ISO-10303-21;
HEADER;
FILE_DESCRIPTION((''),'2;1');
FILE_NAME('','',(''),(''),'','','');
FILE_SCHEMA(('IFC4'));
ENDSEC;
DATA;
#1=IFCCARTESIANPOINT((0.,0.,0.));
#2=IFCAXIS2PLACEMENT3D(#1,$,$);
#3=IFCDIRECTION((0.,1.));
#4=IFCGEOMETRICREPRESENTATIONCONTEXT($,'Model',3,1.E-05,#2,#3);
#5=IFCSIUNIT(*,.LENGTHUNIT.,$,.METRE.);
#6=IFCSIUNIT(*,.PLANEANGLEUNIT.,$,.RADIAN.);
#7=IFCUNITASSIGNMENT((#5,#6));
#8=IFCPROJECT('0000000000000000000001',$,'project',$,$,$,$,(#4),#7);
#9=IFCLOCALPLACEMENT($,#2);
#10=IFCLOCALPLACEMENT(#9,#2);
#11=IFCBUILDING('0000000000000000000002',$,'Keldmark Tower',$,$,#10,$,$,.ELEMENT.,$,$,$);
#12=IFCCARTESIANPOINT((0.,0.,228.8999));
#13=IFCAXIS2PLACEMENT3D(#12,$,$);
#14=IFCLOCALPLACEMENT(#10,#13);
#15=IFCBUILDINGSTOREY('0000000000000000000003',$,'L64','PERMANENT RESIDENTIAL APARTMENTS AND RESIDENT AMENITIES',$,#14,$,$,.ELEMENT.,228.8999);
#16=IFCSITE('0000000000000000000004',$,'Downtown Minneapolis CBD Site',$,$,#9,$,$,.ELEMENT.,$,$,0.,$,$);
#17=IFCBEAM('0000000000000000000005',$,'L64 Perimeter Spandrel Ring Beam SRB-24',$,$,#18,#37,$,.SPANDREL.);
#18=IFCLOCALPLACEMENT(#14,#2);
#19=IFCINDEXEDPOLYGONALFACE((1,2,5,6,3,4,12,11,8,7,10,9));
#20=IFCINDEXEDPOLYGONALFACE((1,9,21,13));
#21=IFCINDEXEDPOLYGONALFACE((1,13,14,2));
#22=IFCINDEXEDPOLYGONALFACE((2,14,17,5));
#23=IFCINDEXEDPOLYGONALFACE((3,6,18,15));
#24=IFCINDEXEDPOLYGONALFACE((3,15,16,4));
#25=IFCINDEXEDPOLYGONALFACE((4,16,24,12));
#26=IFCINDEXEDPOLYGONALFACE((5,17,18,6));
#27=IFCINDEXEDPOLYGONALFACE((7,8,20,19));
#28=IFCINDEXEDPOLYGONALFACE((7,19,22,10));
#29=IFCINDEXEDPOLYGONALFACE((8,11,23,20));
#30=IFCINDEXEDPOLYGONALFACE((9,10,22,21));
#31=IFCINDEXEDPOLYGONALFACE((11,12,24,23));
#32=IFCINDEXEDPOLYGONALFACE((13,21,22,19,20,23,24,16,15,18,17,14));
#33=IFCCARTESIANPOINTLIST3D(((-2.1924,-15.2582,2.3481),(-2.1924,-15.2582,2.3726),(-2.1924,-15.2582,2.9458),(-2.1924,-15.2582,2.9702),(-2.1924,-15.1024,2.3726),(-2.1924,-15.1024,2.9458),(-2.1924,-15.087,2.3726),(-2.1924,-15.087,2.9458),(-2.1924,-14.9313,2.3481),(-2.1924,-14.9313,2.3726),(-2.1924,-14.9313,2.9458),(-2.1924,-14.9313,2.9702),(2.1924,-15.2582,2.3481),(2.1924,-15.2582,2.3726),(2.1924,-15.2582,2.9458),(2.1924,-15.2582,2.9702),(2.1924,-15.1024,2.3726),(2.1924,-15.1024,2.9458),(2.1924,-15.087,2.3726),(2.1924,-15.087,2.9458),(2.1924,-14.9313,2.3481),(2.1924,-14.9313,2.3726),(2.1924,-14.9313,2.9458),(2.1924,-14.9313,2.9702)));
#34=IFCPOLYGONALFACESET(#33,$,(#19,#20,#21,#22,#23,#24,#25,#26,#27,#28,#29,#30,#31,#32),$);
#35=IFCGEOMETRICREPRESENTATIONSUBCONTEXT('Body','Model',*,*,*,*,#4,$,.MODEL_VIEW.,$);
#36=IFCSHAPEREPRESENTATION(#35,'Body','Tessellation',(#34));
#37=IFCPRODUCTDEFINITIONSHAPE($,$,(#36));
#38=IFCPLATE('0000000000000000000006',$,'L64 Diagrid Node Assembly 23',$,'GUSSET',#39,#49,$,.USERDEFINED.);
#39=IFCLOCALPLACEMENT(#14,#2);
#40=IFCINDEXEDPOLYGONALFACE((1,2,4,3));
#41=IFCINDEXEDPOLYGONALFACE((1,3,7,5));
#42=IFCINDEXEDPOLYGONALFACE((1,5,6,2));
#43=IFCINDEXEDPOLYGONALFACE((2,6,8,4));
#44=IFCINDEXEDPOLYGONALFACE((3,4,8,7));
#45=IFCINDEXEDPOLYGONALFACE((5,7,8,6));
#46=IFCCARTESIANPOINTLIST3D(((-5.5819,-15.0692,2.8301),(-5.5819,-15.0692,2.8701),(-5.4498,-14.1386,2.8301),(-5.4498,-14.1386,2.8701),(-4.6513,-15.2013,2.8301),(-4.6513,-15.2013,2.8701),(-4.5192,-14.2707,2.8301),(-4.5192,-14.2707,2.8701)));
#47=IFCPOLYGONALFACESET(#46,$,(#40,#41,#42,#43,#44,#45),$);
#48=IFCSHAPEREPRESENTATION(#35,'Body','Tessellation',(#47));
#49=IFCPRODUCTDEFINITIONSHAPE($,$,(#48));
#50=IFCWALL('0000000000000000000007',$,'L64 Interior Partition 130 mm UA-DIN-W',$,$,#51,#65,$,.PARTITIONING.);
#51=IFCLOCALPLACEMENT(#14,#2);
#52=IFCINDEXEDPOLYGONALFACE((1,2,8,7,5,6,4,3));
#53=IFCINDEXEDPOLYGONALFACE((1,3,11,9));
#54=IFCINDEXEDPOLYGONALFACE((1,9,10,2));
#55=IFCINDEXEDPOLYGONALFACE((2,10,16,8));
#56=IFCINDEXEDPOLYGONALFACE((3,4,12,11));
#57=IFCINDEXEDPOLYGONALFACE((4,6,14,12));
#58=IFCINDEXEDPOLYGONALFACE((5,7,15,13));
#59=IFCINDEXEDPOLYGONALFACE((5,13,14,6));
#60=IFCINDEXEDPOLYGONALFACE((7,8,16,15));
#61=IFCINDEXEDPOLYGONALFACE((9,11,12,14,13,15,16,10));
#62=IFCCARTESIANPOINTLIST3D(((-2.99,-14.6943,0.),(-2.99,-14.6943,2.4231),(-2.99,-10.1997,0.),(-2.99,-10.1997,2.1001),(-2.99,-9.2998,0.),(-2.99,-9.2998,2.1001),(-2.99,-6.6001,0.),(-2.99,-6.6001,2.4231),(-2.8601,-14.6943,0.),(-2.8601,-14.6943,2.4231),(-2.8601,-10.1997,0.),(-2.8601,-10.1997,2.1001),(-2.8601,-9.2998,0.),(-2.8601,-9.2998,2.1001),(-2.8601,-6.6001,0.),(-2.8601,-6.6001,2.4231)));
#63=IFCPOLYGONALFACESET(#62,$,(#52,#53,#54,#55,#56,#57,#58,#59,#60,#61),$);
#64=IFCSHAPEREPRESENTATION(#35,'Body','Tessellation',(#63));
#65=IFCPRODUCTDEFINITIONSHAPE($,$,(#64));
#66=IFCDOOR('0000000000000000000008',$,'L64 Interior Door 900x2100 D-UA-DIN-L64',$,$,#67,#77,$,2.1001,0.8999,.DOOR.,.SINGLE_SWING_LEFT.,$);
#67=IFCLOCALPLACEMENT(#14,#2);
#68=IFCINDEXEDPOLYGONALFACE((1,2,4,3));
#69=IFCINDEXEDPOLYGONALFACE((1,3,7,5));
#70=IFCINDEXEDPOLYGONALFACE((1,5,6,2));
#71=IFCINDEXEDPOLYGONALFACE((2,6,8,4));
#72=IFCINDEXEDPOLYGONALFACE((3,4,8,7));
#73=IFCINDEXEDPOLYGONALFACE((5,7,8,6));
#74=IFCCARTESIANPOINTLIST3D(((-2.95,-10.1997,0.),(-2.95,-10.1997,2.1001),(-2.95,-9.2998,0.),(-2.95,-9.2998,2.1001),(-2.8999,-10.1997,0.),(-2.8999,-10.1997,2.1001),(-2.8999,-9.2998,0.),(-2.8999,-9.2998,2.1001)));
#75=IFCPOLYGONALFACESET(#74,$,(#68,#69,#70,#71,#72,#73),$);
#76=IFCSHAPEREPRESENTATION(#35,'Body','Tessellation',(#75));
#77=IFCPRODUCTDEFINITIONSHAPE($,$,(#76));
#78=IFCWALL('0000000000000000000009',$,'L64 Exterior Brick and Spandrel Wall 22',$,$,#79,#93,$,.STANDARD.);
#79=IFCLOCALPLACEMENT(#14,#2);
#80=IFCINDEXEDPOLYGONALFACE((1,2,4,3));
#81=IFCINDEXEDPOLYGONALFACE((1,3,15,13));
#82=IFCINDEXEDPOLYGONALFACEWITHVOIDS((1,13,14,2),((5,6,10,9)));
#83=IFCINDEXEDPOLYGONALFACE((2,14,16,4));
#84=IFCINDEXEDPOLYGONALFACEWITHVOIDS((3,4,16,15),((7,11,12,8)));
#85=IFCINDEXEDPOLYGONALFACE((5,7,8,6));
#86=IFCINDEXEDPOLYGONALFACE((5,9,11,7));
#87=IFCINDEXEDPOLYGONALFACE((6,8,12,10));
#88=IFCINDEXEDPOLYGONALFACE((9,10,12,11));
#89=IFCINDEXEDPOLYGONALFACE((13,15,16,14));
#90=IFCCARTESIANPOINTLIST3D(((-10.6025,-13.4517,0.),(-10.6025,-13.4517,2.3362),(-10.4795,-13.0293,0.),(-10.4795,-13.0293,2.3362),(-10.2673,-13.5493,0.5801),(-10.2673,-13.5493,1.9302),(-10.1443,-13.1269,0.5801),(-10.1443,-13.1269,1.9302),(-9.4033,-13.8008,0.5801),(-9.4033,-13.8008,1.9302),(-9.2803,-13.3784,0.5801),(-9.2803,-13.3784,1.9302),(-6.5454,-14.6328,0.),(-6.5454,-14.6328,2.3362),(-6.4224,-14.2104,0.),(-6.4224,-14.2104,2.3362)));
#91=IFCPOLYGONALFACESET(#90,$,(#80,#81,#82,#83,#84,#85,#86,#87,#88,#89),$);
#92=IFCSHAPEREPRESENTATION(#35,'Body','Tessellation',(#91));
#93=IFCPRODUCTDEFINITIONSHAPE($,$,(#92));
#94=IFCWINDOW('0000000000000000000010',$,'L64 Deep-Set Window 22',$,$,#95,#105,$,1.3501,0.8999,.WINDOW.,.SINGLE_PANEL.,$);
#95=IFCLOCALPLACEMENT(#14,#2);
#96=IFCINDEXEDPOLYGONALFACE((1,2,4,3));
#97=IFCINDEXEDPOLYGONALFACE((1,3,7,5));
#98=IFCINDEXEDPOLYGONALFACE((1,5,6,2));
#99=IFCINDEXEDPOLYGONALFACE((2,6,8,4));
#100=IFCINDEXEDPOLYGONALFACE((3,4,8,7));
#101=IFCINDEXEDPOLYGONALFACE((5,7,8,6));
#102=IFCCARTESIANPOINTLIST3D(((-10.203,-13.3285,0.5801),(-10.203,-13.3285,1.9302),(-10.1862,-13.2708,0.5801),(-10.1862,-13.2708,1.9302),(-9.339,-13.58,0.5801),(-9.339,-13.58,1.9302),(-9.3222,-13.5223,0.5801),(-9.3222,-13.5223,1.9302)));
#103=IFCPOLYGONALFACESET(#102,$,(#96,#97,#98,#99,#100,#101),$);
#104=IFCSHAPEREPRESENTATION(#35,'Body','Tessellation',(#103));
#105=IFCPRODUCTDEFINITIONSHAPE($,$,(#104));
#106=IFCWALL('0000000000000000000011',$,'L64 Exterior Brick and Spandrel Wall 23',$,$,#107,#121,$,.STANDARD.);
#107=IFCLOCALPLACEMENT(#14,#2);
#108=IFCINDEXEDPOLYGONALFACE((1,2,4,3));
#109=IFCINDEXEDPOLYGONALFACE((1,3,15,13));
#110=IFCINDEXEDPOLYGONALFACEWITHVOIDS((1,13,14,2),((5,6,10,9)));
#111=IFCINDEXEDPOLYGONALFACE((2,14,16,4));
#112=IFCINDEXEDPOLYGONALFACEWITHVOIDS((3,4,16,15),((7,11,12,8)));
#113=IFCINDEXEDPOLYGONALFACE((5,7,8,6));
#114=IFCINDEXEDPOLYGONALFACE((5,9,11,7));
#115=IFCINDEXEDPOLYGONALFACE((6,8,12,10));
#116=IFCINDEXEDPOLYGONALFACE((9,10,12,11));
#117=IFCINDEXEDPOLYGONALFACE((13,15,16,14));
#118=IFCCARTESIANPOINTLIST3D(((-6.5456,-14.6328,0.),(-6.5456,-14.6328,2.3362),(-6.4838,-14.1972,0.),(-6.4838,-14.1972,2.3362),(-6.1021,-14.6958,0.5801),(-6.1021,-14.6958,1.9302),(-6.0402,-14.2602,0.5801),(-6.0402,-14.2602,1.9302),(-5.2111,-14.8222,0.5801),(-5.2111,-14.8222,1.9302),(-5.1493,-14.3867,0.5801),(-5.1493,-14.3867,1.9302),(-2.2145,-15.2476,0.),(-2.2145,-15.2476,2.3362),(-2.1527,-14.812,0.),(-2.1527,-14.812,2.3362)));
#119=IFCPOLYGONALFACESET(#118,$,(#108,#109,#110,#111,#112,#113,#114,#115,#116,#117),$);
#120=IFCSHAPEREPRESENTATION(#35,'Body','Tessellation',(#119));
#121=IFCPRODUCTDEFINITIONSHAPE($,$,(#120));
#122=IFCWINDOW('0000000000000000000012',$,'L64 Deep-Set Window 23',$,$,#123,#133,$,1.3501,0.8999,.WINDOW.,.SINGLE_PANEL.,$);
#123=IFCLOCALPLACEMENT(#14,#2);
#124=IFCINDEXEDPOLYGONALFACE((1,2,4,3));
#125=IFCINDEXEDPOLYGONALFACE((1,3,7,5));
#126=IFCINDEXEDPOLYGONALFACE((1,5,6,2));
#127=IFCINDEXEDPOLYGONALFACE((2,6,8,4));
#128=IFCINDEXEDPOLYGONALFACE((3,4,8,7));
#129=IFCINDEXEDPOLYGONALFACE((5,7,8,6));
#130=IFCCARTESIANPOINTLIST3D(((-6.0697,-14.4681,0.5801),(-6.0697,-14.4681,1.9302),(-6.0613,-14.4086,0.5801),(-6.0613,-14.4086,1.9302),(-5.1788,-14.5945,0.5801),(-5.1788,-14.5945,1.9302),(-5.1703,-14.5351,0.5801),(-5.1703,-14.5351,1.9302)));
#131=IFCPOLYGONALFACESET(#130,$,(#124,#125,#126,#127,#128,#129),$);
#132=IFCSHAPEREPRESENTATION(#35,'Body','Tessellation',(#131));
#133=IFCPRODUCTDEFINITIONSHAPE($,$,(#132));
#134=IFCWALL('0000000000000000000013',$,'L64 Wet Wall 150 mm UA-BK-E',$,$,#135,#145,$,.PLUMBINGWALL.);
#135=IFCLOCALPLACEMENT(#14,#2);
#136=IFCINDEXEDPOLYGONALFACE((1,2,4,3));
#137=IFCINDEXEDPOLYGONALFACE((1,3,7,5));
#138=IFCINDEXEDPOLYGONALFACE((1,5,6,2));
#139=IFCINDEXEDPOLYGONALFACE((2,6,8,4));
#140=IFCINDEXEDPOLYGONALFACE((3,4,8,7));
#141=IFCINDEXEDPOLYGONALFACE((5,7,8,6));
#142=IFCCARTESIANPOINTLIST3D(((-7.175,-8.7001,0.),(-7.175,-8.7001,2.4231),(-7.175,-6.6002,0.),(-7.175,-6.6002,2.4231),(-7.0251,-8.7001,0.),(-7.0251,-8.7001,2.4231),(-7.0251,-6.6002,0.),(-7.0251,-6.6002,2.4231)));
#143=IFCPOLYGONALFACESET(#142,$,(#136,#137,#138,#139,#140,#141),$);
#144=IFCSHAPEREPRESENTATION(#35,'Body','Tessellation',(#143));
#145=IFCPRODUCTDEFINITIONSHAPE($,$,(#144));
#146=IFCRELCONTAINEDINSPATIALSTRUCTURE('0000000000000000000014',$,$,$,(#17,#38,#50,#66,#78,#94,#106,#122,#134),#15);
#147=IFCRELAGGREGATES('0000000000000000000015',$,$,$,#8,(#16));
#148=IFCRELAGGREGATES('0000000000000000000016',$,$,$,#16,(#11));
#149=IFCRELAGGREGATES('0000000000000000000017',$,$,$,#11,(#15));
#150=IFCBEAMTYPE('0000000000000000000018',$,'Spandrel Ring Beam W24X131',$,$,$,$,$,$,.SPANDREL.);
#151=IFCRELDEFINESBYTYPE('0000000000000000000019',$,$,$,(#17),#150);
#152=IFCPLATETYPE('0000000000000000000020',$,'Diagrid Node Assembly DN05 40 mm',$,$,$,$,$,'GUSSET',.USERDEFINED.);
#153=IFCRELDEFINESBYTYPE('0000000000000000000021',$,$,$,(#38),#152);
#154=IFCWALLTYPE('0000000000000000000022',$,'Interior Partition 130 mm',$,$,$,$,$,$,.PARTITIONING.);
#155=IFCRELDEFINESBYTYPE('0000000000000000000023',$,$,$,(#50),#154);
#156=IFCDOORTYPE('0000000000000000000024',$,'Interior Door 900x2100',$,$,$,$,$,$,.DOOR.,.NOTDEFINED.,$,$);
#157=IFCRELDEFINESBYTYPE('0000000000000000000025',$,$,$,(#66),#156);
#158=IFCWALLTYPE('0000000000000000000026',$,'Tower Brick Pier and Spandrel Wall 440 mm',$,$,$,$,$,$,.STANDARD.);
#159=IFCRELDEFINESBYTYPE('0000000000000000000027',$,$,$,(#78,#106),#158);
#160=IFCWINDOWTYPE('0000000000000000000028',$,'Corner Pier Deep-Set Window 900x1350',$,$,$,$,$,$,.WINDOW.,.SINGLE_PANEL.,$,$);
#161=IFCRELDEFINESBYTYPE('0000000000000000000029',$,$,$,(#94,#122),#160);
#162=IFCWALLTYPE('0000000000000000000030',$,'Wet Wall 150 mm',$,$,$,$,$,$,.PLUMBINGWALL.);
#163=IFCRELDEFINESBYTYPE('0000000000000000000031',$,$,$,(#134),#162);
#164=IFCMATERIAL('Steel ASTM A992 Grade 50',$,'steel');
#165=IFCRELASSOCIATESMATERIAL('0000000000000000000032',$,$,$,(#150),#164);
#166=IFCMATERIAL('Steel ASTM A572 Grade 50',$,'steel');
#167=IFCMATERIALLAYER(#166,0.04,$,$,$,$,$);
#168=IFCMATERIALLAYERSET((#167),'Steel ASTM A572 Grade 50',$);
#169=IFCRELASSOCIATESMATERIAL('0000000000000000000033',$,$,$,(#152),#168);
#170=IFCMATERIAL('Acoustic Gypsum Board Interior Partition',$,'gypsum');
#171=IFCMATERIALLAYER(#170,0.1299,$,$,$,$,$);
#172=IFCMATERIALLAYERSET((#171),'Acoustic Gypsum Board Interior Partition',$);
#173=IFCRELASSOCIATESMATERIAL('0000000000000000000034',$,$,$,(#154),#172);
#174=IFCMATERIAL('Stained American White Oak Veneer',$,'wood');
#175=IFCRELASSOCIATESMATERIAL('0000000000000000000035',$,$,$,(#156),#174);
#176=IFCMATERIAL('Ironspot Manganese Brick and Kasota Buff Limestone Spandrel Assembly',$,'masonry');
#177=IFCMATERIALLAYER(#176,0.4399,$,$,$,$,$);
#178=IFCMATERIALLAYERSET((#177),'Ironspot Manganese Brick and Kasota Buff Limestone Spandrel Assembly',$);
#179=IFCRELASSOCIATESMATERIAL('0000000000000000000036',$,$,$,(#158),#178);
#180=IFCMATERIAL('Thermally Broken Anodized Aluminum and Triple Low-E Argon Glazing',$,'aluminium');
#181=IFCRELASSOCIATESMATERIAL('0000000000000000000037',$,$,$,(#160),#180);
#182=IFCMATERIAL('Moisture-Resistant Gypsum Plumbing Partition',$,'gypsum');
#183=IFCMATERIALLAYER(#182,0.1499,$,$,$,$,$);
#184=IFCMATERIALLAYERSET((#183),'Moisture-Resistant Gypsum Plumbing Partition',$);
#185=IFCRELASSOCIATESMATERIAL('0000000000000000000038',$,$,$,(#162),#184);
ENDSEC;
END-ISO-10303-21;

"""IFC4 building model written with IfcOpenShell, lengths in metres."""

from ifc_helpers import new_model, si_unit, direction, frame, frame_2d, origin, origin_2d, place, context, subcontext, project, spatial, rectangle, i_section, extrude, material, layer, layer_set, material_profile, profile_set, type_object, element, fill, save


model = new_model("IFC4")

# Units and contexts
model_context = context("Model", 3, precision=1e-05, world=origin(), true_north=direction((0.0, 1.0)))
body_context = subcontext(model_context, "Body", "Model", "MODEL_VIEW")
ifc_project = project(units=[si_unit("LENGTHUNIT", "METRE"), si_unit("PLANEANGLEUNIT", "RADIAN")], contexts=[model_context])

# Site, building, storey
site_placement = place(None, origin())
site = spatial("IfcSite", under=ifc_project, at=site_placement, Name="Downtown Minneapolis CBD Site", CompositionType="ELEMENT", RefElevation=0.0)
building_placement = place(site_placement, origin())
building = spatial("IfcBuilding", under=site, at=building_placement, Name="Keldmark Tower", CompositionType="ELEMENT")
storey_placement = place(building_placement, frame((0.0, 0.0, 228.8999)))
storey = spatial("IfcBuildingStorey", under=building, at=storey_placement, Name="L64", Description="PERMANENT RESIDENTIAL APARTMENTS AND RESIDENT AMENITIES", CompositionType="ELEMENT", Elevation=228.8999)

# Beam
ifc_material_1 = material(Name="Steel ASTM A992 Grade 50", Category="steel")
ifc_material_profile_1 = material_profile(ifc_material_1, i_section(OverallWidth=0.3269, OverallDepth=0.6221, WebThickness=0.0154, FlangeThickness=0.0244, at=origin_2d()), Name="W24X131")
ifc_profile_set_1 = profile_set([ifc_material_profile_1], Name="Steel ASTM A992 Grade 50")
beam_type_1 = type_object("IfcBeamType", Name="Spandrel Ring Beam W24X131", PredefinedType="SPANDREL", material=ifc_profile_set_1)
beam_1_placement = place(storey_placement, frame((-2.1924, -15.0947, 2.6592), z_axis=(1.0, 0.0, 0.0), x_axis=(0.0, 1.0, 0.0)))
element("IfcBeam", 1, at=beam_1_placement, inside=storey, type_object=beam_type_1, Name="L64 Perimeter Spandrel Ring Beam SRB-24", PredefinedType="SPANDREL", context=body_context, shape_type="SweptSolid", body=[
    extrude(i_section(OverallWidth=0.3269, OverallDepth=0.6221, WebThickness=0.0154, FlangeThickness=0.0244, at=origin_2d()), origin(), (0.0, 0.0, 1.0), 4.3848),
])

# Plate
ifc_material_2 = material(Name="Steel ASTM A572 Grade 50", Category="steel")
ifc_layer_1 = layer(ifc_material_2, 0.04)
ifc_layer_set_1 = layer_set([ifc_layer_1], Name="Steel ASTM A572 Grade 50")
plate_type = type_object("IfcPlateType", Name="Diagrid Node Assembly DN05 40 mm", ElementType="GUSSET", PredefinedType="USERDEFINED", material=ifc_layer_set_1)
plate_placement = place(storey_placement, frame((-5.0505, -14.6699, 2.8301), z_axis=(0.0, 0.0, 1.0), x_axis=(0.990073, -0.140556, 0.0)))
element("IfcPlate", 2, at=plate_placement, inside=storey, type_object=plate_type, Name="L64 Diagrid Node Assembly 23", ObjectType="GUSSET", PredefinedType="USERDEFINED", context=body_context, shape_type="SweptSolid", body=[
    extrude(rectangle(XDim=0.9399, YDim=0.9399, at=origin_2d()), origin(), (0.0, 0.0, 1.0), 0.04),
])

# Wall, opening, door
ifc_material_3 = material(Name="Acoustic Gypsum Board Interior Partition", Category="gypsum")
ifc_layer_2 = layer(ifc_material_3, 0.1299)
ifc_layer_set_2 = layer_set([ifc_layer_2], Name="Acoustic Gypsum Board Interior Partition")
wall_type_1 = type_object("IfcWallType", Name="Interior Partition 130 mm", PredefinedType="PARTITIONING", material=ifc_layer_set_2)
wall_1_placement = place(storey_placement, frame((-2.925, -14.6943, 0.0), z_axis=(0.0, 0.0, 1.0), x_axis=(0.0, 1.0, 0.0)))
wall_1 = element("IfcWall", 3, at=wall_1_placement, inside=storey, type_object=wall_type_1, Name="L64 Interior Partition 130 mm UA-DIN-W", PredefinedType="PARTITIONING", context=body_context, shape_type="SweptSolid", body=[
    extrude(rectangle(XDim=8.0942, YDim=0.1299, at=frame_2d((4.0471, 0.0))), origin(), (0.0, 0.0, 1.0), 2.4231),
])
opening_1_placement = place(wall_1_placement, frame((4.4946, 0.0, 0.0)))
opening_1 = element("IfcOpeningElement", 4, at=opening_1_placement, cuts=wall_1, PredefinedType="OPENING", context=body_context, shape_type="SweptSolid", body=[
    extrude(rectangle(XDim=0.8999, YDim=2.1001, at=frame_2d((0.45, 1.05))), frame((0.0, 0.075, 0.0), z_axis=(0.0, -1.0, 0.0), x_axis=(1.0, 0.0, 0.0)), (0.0, 0.0, 1.0), 0.1499),
])
ifc_material_4 = material(Name="Stained American White Oak Veneer", Category="wood")
door_type = type_object("IfcDoorType", Name="Interior Door 900x2100", OperationType="NOTDEFINED", PredefinedType="DOOR", material=ifc_material_4)
door_placement = place(opening_1_placement, origin())
door = element("IfcDoor", 5, at=door_placement, inside=storey, type_object=door_type, Name="L64 Interior Door 900x2100 D-UA-DIN-L64", OperationType="SINGLE_SWING_LEFT", OverallHeight=2.1001, OverallWidth=0.8999, PredefinedType="DOOR", context=body_context, shape_type="SweptSolid", body=[
    extrude(rectangle(XDim=0.8999, YDim=2.1001, at=frame_2d((0.45, 1.05))), frame((0.0, 0.0249, 0.0), z_axis=(0.0, -1.0, 0.0), x_axis=(1.0, 0.0, 0.0)), (0.0, 0.0, 1.0), 0.05),
])
fill(opening_1, door)

# Walls, openings, windows
ifc_material_5 = material(Name="Ironspot Manganese Brick and Kasota Buff Limestone Spandrel Assembly", Category="masonry")
ifc_layer_3 = layer(ifc_material_5, 0.4399)
ifc_layer_set_3 = layer_set([ifc_layer_3], Name="Ironspot Manganese Brick and Kasota Buff Limestone Spandrel Assembly")
wall_type_2 = type_object("IfcWallType", Name="Tower Brick Pier and Spandrel Wall 440 mm", PredefinedType="STANDARD", material=ifc_layer_set_3)
wall_2_placement = place(storey_placement, frame((-6.4839, -14.4216, 0.0), z_axis=(0.0, 0.0, 1.0), x_axis=(-0.960138, 0.279525, 0.0)))
wall_2 = element("IfcWall", 6, at=wall_2_placement, inside=storey, type_object=wall_type_2, Name="L64 Exterior Brick and Spandrel Wall 22", PredefinedType="STANDARD", context=body_context, shape_type="SweptSolid", body=[
    extrude(rectangle(XDim=4.2256, YDim=0.4399, at=frame_2d((2.1128, 0.0))), origin(), (0.0, 0.0, 1.0), 2.3362),
])
opening_2_placement = place(wall_2_placement, frame((2.9766, 0.0, 0.5801)))
opening_2 = element("IfcOpeningElement", 7, at=opening_2_placement, cuts=wall_2, PredefinedType="OPENING", context=body_context, shape_type="SweptSolid", body=[
    extrude(rectangle(XDim=0.8999, YDim=1.3501, at=frame_2d((0.45, 0.675))), frame((0.0, 0.23, 0.0), z_axis=(0.0, -1.0, 0.0), x_axis=(1.0, 0.0, 0.0)), (0.0, 0.0, 1.0), 0.46),
])
ifc_material_6 = material(Name="Thermally Broken Anodized Aluminum and Triple Low-E Argon Glazing", Category="aluminium")
window_type = type_object("IfcWindowType", Name="Corner Pier Deep-Set Window 900x1350", PartitioningType="SINGLE_PANEL", PredefinedType="WINDOW", material=ifc_material_6)
window_1_placement = place(opening_2_placement, origin())
window_1 = element("IfcWindow", 8, at=window_1_placement, inside=storey, type_object=window_type, Name="L64 Deep-Set Window 22", OverallHeight=1.3501, OverallWidth=0.8999, PartitioningType="SINGLE_PANEL", PredefinedType="WINDOW", context=body_context, shape_type="SweptSolid", body=[
    extrude(rectangle(XDim=0.8999, YDim=1.3501, at=frame_2d((0.45, 0.675))), frame((0.0, -0.01, 0.0), z_axis=(0.0, -1.0, 0.0), x_axis=(1.0, 0.0, 0.0)), (0.0, 0.0, 1.0), 0.0601),
])
fill(opening_2, window_1)
wall_3_placement = place(storey_placement, frame((-2.1836, -15.0298, 0.0), z_axis=(0.0, 0.0, 1.0), x_axis=(-0.990076, 0.140531, 0.0)))
wall_3 = element("IfcWall", 9, at=wall_3_placement, inside=storey, type_object=wall_type_2, Name="L64 Exterior Brick and Spandrel Wall 23", PredefinedType="STANDARD", context=body_context, shape_type="SweptSolid", body=[
    extrude(rectangle(XDim=4.3745, YDim=0.4399, at=frame_2d((2.1873, 0.0))), origin(), (0.0, 0.0, 1.0), 2.3362),
])
opening_3_placement = place(wall_3_placement, frame((3.0266, 0.0, 0.5801)))
opening_3 = element("IfcOpeningElement", 10, at=opening_3_placement, cuts=wall_3, PredefinedType="OPENING", context=body_context, shape_type="SweptSolid", body=[
    extrude(rectangle(XDim=0.8999, YDim=1.3501, at=frame_2d((0.45, 0.675))), frame((0.0, 0.23, 0.0), z_axis=(0.0, -1.0, 0.0), x_axis=(1.0, 0.0, 0.0)), (0.0, 0.0, 1.0), 0.46),
])
window_2_placement = place(opening_3_placement, origin())
window_2 = element("IfcWindow", 11, at=window_2_placement, inside=storey, type_object=window_type, Name="L64 Deep-Set Window 23", OverallHeight=1.3501, OverallWidth=0.8999, PartitioningType="SINGLE_PANEL", PredefinedType="WINDOW", context=body_context, shape_type="SweptSolid", body=[
    extrude(rectangle(XDim=0.8999, YDim=1.3501, at=frame_2d((0.45, 0.675))), frame((0.0, -0.01, 0.0), z_axis=(0.0, -1.0, 0.0), x_axis=(1.0, 0.0, 0.0)), (0.0, 0.0, 1.0), 0.0601),
])
fill(opening_3, window_2)

# Wall
ifc_material_7 = material(Name="Moisture-Resistant Gypsum Plumbing Partition", Category="gypsum")
ifc_layer_4 = layer(ifc_material_7, 0.1499)
ifc_layer_set_4 = layer_set([ifc_layer_4], Name="Moisture-Resistant Gypsum Plumbing Partition")
wall_type_3 = type_object("IfcWallType", Name="Wet Wall 150 mm", PredefinedType="PLUMBINGWALL", material=ifc_layer_set_4)
wall_4_placement = place(storey_placement, frame((-7.1001, -8.7, 0.0), z_axis=(0.0, 0.0, 1.0), x_axis=(0.0, 1.0, 0.0)))
element("IfcWall", 12, at=wall_4_placement, inside=storey, type_object=wall_type_3, Name="L64 Wet Wall 150 mm UA-BK-E", PredefinedType="PLUMBINGWALL", context=body_context, shape_type="SweptSolid", body=[
    extrude(rectangle(XDim=2.0999, YDim=0.1499, at=frame_2d((1.0498, 0.0))), origin(), (0.0, 0.0, 1.0), 2.4231),
])

save(model, "model.ifc")
